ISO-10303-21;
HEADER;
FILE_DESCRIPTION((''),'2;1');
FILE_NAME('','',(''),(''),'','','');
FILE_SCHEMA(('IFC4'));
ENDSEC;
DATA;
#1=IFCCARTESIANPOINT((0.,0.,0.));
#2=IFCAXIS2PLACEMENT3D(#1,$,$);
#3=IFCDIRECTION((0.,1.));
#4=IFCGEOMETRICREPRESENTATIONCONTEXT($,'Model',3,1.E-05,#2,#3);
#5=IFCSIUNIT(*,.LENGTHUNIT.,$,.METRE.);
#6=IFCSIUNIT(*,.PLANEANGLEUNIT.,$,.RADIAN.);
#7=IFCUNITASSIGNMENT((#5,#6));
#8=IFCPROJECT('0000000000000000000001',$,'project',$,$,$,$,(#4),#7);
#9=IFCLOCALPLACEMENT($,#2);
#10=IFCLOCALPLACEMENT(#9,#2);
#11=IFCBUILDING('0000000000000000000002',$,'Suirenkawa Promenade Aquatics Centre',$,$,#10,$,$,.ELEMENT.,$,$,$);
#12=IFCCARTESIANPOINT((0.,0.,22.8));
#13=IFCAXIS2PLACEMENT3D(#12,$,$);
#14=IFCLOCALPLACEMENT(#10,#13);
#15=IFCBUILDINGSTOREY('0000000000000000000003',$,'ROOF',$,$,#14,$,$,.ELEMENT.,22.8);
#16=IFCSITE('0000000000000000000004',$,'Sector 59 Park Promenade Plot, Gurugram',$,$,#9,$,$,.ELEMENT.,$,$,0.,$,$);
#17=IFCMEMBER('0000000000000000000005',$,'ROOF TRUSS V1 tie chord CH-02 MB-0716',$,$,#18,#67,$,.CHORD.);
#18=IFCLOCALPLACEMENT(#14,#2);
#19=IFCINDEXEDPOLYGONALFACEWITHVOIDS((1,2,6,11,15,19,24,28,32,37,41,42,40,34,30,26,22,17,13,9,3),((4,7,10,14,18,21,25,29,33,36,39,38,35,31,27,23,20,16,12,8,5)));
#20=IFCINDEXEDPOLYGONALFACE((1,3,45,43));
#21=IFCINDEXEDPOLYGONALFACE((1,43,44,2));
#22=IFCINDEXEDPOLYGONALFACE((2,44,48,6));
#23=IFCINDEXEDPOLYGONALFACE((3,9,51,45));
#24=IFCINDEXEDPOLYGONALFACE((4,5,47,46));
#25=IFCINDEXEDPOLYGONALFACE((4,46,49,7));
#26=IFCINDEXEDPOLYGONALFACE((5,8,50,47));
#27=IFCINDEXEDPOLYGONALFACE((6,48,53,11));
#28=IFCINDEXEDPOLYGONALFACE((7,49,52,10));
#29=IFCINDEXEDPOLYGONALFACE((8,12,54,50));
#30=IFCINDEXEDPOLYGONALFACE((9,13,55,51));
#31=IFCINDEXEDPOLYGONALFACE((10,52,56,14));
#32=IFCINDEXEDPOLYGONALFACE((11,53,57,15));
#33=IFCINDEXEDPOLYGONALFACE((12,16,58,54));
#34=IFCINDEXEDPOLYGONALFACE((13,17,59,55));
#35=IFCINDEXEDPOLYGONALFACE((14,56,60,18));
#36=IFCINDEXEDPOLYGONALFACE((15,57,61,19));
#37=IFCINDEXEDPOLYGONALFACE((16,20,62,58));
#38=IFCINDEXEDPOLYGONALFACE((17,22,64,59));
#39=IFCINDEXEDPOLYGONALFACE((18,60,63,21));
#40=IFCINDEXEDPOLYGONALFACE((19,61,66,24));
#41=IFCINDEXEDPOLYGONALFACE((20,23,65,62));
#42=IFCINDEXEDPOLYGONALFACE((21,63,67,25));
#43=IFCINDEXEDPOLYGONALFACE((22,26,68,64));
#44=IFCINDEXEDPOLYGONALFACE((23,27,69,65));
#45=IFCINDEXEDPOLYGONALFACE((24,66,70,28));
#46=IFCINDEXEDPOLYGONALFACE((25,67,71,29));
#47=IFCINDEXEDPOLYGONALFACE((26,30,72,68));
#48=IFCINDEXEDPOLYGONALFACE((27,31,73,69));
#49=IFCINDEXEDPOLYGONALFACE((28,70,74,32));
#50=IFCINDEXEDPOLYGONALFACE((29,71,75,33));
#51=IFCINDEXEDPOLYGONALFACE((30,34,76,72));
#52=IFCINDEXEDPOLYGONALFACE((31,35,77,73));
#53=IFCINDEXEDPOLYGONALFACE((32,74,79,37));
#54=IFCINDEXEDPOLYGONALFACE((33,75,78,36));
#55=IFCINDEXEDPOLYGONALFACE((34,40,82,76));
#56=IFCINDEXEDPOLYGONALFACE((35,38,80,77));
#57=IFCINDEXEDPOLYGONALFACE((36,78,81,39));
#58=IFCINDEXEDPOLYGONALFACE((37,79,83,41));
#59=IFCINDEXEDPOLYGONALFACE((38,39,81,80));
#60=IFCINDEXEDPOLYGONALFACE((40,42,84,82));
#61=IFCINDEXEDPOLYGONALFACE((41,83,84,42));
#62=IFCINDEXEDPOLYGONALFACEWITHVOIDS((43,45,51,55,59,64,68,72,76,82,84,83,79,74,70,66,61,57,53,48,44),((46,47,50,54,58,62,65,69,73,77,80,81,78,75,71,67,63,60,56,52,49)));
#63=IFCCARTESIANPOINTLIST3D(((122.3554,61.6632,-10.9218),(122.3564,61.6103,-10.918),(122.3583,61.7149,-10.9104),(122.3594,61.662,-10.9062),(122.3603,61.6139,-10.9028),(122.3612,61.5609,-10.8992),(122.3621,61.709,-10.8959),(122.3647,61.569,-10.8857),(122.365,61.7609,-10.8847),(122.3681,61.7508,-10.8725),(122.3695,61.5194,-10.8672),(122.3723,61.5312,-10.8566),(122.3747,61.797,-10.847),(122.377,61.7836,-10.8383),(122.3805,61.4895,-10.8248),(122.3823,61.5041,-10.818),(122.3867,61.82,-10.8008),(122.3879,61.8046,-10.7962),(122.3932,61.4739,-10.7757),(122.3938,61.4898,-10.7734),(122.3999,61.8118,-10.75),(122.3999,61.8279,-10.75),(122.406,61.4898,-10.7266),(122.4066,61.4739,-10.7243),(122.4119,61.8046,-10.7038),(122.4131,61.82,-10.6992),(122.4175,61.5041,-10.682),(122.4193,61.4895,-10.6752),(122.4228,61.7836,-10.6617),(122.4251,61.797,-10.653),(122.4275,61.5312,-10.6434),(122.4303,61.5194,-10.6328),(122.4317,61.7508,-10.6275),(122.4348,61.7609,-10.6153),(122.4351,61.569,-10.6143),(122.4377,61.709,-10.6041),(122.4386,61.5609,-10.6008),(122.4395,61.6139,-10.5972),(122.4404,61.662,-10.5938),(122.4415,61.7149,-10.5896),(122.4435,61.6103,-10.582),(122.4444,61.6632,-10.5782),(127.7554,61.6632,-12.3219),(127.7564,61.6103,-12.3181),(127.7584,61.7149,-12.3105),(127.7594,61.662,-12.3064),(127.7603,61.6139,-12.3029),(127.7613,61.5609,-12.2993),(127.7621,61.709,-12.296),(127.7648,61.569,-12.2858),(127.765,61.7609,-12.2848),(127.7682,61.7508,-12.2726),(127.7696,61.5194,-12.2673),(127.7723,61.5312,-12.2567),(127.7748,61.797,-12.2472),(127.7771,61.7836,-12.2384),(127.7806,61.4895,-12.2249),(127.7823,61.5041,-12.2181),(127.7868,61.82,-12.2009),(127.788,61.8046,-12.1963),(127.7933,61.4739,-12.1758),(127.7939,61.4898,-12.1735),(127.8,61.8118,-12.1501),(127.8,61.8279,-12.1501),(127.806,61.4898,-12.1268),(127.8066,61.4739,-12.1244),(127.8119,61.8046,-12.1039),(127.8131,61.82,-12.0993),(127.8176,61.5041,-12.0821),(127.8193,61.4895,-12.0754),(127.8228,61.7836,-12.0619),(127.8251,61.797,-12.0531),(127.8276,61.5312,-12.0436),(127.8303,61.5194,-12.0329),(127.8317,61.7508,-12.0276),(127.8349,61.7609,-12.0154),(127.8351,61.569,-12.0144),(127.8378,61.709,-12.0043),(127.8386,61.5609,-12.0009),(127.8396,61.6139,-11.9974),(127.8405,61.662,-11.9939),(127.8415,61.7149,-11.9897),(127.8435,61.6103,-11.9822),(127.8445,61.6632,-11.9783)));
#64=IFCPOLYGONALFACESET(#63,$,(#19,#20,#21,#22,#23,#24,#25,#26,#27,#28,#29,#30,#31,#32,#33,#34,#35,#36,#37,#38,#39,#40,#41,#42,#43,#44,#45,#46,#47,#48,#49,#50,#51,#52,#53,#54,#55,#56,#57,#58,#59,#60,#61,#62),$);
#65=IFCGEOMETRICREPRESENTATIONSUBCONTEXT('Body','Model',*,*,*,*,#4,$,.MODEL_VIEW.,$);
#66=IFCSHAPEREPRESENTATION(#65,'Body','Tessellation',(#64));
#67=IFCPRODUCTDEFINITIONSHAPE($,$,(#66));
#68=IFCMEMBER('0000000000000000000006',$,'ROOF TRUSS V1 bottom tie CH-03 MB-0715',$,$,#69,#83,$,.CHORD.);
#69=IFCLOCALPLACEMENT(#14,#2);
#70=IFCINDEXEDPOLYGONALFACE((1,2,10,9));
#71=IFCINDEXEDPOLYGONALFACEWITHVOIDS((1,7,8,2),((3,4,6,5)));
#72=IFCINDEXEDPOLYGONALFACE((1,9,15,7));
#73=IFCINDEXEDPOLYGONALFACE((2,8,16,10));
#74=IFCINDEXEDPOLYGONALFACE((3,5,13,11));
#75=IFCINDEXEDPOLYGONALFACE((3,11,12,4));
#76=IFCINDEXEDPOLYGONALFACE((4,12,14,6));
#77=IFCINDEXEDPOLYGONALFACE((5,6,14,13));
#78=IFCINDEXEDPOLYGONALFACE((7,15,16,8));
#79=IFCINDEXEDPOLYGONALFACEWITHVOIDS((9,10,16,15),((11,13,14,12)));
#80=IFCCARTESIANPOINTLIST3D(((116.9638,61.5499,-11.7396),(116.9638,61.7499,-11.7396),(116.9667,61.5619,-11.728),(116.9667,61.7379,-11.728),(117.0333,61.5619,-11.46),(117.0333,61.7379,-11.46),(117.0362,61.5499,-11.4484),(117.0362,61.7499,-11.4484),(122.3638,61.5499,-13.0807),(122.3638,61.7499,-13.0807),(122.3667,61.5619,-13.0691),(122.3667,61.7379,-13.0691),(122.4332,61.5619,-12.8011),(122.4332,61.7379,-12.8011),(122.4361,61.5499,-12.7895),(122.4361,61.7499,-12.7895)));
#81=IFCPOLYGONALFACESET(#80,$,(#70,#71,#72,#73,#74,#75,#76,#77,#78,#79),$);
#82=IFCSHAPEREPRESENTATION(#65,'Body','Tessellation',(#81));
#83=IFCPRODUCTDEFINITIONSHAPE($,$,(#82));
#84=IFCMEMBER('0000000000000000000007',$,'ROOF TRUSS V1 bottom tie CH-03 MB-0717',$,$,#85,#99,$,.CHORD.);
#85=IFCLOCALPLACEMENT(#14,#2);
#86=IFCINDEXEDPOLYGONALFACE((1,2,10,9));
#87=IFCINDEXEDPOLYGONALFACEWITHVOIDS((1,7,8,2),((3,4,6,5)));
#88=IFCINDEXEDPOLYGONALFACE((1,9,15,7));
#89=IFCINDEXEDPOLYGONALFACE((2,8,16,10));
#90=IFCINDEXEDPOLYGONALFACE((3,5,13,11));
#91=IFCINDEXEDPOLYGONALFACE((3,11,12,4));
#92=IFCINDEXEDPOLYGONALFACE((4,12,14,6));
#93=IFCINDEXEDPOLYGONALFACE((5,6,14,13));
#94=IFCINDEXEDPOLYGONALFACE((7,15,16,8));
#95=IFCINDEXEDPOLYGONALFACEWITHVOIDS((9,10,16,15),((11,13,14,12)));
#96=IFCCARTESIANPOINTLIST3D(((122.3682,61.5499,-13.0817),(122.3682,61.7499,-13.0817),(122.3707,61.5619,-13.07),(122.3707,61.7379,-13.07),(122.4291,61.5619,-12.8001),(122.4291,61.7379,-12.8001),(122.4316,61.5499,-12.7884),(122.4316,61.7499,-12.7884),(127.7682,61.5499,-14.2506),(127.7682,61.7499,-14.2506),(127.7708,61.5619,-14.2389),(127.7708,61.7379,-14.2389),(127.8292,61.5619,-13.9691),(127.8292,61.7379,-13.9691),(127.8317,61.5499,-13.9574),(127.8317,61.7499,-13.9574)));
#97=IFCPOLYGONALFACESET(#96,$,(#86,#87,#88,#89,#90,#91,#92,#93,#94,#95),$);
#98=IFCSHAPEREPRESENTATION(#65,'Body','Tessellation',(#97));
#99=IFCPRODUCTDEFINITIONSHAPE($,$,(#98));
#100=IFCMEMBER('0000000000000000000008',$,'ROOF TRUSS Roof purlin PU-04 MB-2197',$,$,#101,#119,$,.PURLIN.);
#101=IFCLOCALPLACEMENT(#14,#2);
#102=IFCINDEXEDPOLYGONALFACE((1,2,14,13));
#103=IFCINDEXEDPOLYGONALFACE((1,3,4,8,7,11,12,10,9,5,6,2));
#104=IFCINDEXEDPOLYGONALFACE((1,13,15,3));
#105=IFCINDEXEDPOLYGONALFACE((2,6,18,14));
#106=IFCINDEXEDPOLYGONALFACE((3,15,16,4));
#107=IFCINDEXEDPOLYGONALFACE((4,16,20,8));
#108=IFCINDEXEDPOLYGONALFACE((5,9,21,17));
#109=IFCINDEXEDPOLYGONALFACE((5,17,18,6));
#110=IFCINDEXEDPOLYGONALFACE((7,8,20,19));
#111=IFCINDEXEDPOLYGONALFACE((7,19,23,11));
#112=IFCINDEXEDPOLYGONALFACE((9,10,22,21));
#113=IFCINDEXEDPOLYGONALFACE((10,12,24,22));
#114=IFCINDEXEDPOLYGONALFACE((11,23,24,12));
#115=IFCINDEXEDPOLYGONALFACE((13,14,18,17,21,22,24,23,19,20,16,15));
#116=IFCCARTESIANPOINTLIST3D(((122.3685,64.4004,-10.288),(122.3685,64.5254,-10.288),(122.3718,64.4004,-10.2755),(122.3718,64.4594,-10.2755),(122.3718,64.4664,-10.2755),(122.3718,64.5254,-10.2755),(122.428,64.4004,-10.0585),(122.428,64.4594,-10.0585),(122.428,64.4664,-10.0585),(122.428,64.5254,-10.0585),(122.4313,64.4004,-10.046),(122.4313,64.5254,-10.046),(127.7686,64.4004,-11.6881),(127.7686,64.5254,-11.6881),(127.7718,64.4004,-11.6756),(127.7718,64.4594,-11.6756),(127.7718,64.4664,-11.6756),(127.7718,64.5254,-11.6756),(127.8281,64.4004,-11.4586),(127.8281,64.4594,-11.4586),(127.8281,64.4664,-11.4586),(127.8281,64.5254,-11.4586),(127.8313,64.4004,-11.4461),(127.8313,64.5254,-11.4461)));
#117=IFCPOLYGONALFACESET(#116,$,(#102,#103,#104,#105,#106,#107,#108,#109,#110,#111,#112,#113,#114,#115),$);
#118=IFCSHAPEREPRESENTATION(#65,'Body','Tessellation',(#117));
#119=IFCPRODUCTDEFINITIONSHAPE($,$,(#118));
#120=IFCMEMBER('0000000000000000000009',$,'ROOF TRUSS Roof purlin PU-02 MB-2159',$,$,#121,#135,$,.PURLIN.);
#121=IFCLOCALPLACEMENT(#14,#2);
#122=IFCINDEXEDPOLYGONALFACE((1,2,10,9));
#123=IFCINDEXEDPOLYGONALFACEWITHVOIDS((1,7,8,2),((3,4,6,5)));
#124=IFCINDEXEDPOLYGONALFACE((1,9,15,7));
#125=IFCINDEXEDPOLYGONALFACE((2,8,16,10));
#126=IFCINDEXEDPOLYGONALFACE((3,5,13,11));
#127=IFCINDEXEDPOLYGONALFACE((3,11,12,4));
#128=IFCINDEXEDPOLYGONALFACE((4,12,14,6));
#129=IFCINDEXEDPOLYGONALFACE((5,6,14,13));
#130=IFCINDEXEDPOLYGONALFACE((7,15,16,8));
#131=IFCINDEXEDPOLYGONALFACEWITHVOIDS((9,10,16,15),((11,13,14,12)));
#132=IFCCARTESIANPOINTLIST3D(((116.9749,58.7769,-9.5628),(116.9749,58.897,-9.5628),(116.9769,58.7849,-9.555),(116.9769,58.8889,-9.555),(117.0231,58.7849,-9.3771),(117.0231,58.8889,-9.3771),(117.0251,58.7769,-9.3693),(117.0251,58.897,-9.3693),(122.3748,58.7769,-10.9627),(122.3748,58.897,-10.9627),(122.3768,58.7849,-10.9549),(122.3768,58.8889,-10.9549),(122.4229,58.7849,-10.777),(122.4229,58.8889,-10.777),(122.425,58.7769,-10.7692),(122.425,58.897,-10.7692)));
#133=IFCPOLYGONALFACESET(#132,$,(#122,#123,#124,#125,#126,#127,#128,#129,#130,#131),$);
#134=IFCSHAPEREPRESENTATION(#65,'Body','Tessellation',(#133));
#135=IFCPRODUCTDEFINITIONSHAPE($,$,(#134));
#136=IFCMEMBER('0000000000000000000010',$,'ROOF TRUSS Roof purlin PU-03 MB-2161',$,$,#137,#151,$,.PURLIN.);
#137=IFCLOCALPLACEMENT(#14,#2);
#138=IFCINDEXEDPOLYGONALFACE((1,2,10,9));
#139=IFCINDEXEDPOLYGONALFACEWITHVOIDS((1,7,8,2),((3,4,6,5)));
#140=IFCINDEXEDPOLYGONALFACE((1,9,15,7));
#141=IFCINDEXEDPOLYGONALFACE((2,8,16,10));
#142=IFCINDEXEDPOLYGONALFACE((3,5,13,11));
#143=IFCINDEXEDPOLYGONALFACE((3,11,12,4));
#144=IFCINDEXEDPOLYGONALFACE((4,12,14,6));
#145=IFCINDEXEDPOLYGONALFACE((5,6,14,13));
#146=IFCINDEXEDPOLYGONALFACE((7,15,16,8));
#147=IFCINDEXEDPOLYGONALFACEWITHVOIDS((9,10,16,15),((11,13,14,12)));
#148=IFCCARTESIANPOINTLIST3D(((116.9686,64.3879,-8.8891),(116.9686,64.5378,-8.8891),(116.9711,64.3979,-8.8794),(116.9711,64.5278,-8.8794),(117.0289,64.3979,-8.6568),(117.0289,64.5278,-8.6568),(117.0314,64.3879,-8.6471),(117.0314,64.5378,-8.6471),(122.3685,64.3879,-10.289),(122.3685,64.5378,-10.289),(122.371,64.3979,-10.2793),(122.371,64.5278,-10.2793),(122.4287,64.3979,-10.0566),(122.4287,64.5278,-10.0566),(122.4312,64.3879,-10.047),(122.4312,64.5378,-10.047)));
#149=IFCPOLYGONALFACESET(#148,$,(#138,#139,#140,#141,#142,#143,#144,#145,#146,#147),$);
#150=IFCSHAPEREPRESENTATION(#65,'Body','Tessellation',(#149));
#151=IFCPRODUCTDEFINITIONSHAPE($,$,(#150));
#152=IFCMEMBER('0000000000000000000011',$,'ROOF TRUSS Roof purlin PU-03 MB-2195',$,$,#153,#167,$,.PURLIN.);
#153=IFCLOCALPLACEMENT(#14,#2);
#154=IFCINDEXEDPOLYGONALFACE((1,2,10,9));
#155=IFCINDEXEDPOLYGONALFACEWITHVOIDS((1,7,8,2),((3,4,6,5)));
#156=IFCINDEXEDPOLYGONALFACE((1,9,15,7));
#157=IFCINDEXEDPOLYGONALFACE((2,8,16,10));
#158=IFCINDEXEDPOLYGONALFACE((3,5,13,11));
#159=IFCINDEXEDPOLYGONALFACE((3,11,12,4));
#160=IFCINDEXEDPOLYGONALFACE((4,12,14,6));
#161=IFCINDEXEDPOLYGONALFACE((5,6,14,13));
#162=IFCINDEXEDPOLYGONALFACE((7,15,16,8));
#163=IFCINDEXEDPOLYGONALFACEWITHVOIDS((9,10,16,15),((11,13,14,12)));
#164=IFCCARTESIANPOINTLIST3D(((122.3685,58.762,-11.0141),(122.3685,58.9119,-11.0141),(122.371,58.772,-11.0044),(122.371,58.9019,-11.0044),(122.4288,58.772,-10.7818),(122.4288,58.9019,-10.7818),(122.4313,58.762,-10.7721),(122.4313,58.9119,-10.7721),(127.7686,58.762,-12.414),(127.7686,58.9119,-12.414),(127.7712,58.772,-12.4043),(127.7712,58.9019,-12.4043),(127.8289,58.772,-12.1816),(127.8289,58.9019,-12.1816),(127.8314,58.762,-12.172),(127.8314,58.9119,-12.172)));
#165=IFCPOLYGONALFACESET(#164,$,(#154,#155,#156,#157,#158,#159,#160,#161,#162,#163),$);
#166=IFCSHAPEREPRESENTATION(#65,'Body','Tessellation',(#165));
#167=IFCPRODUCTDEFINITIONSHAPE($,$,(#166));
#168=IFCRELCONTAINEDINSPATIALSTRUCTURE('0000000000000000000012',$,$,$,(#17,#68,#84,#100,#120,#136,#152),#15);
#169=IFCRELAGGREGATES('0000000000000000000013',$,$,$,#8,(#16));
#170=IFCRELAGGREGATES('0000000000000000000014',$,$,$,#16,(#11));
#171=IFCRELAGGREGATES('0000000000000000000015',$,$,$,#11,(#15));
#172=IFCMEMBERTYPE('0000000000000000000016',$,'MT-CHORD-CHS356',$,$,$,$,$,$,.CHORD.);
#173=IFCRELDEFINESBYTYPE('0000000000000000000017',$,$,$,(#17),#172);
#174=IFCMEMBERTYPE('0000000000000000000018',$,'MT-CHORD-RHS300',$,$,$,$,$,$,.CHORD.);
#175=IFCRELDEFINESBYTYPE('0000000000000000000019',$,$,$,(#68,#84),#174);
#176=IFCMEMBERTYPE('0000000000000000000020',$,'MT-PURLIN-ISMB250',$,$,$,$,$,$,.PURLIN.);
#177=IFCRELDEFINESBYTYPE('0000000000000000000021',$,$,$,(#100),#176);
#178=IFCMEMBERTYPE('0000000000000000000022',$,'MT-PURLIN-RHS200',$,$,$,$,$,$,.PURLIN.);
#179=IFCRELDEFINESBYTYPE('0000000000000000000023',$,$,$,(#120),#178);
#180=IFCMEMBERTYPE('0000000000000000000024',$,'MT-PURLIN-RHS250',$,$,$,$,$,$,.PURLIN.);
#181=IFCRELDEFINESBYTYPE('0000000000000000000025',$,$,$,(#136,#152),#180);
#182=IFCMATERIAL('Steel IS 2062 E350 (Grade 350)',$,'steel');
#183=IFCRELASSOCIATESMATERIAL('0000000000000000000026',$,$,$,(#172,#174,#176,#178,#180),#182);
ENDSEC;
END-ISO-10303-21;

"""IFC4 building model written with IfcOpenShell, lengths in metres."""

from ifc_helpers import new_model, si_unit, direction, frame, origin, origin_2d, place, context, subcontext, project, spatial, hollow_rectangle, hollow_circle, i_section, extrude, material, material_profile, profile_set, type_object, element, save


model = new_model("IFC4")

# Units and contexts
model_context = context("Model", 3, precision=1e-05, world=origin(), true_north=direction((0.0, 1.0)))
body_context = subcontext(model_context, "Body", "Model", "MODEL_VIEW")
ifc_project = project(units=[si_unit("LENGTHUNIT", "METRE"), si_unit("PLANEANGLEUNIT", "RADIAN")], contexts=[model_context])

# Site, building, storey
site_placement = place(None, origin())
site = spatial("IfcSite", under=ifc_project, at=site_placement, Name="Sector 59 Park Promenade Plot, Gurugram", CompositionType="ELEMENT", RefElevation=0.0)
building_placement = place(site_placement, origin())
building = spatial("IfcBuilding", under=site, at=building_placement, Name="Suirenkawa Promenade Aquatics Centre", CompositionType="ELEMENT")
storey_placement = place(building_placement, frame((0.0, 0.0, 22.8)))
storey = spatial("IfcBuildingStorey", under=building, at=storey_placement, Name="ROOF", CompositionType="ELEMENT", Elevation=22.8)

# Shared definitions
ifc_material = material(Name="Steel IS 2062 E350 (Grade 350)", Category="steel")

# Members
ifc_material_profile_1 = material_profile(ifc_material, hollow_circle(Radius=0.178, WallThickness=0.0161, at=origin_2d()), Name="CHS 356x16", Category="steel")
ifc_profile_set_1 = profile_set([ifc_material_profile_1], Name="Steel IS 2062 E350 (Grade 350)")
member_type_1 = type_object("IfcMemberType", Name="MT-CHORD-CHS356", PredefinedType="CHORD", material=ifc_profile_set_1)
member_1_placement = place(storey_placement, frame((122.3999, 61.6499, -10.75), z_axis=(0.967992, 0.0, -0.25098), x_axis=(0.0, 1.0, 0.0)))
element("IfcMember", 1, at=member_1_placement, inside=storey, type_object=member_type_1, Name="ROOF TRUSS V1 tie chord CH-02 MB-0716", PredefinedType="CHORD", context=body_context, shape_type="SweptSolid", body=[
    extrude(hollow_circle(Radius=0.178, WallThickness=0.0161, at=origin_2d()), origin(), (0.0, 0.0, 1.0), 5.5786),
])
ifc_material_profile_2 = material_profile(ifc_material, hollow_rectangle(XDim=0.2, YDim=0.3, WallThickness=0.012, at=origin_2d()), Name="RHS 300x200x12", Category="steel")
ifc_profile_set_2 = profile_set([ifc_material_profile_2], Name="Steel IS 2062 E350 (Grade 350)")
member_type_2 = type_object("IfcMemberType", Name="MT-CHORD-RHS300", PredefinedType="CHORD", material=ifc_profile_set_2)
member_2_placement = place(storey_placement, frame((117.0, 61.6499, -11.594), z_axis=(0.970518, 0.0, -0.241028), x_axis=(0.0, 1.0, 0.0)))
element("IfcMember", 2, at=member_2_placement, inside=storey, type_object=member_type_2, Name="ROOF TRUSS V1 bottom tie CH-03 MB-0715", PredefinedType="CHORD", context=body_context, shape_type="SweptSolid", body=[
    extrude(hollow_rectangle(XDim=0.2, YDim=0.3, WallThickness=0.012, at=origin_2d()), origin(), (0.0, 0.0, 1.0), 5.564),
])
member_3_placement = place(storey_placement, frame((122.3999, 61.6499, -12.9351), z_axis=(0.977364, 0.0, -0.211566), x_axis=(0.0, 1.0, 0.0)))
element("IfcMember", 3, at=member_3_placement, inside=storey, type_object=member_type_2, Name="ROOF TRUSS V1 bottom tie CH-03 MB-0717", PredefinedType="CHORD", context=body_context, shape_type="SweptSolid", body=[
    extrude(hollow_rectangle(XDim=0.2, YDim=0.3, WallThickness=0.012, at=origin_2d()), origin(), (0.0, 0.0, 1.0), 5.5251),
])
ifc_material_profile_3 = material_profile(ifc_material, i_section(OverallWidth=0.125, OverallDepth=0.25, WebThickness=0.0071, FlangeThickness=0.0129, at=origin_2d()), Name="ISMB 250", Category="steel")
ifc_profile_set_3 = profile_set([ifc_material_profile_3], Name="Steel IS 2062 E350 (Grade 350)")
member_type_3 = type_object("IfcMemberType", Name="MT-PURLIN-ISMB250", PredefinedType="PURLIN", material=ifc_profile_set_3)
member_4_placement = place(storey_placement, frame((122.3999, 64.4629, -10.167), z_axis=(0.967992, 0.0, -0.25098), x_axis=(0.0, 1.0, 0.0)))
element("IfcMember", 4, at=member_4_placement, inside=storey, type_object=member_type_3, Name="ROOF TRUSS Roof purlin PU-04 MB-2197", PredefinedType="PURLIN", context=body_context, shape_type="SweptSolid", body=[
    extrude(i_section(OverallWidth=0.125, OverallDepth=0.25, WebThickness=0.0071, FlangeThickness=0.0129, at=origin_2d()), origin(), (0.0, 0.0, 1.0), 5.5786),
])
ifc_material_profile_4 = material_profile(ifc_material, hollow_rectangle(XDim=0.1201, YDim=0.2, WallThickness=0.0081, at=origin_2d()), Name="RHS 200x120x8", Category="steel")
ifc_profile_set_4 = profile_set([ifc_material_profile_4], Name="Steel IS 2062 E350 (Grade 350)")
member_type_4 = type_object("IfcMemberType", Name="MT-PURLIN-RHS200", PredefinedType="PURLIN", material=ifc_profile_set_4)
member_5_placement = place(storey_placement, frame((117.0, 58.8369, -9.4661), z_axis=(0.968, 0.0, -0.25095), x_axis=(0.0, 1.0, 0.0)))
element("IfcMember", 5, at=member_5_placement, inside=storey, type_object=member_type_4, Name="ROOF TRUSS Roof purlin PU-02 MB-2159", PredefinedType="PURLIN", context=body_context, shape_type="SweptSolid", body=[
    extrude(hollow_rectangle(XDim=0.1201, YDim=0.2, WallThickness=0.0081, at=origin_2d()), origin(), (0.0, 0.0, 1.0), 5.5784),
])
ifc_material_profile_5 = material_profile(ifc_material, hollow_rectangle(XDim=0.1499, YDim=0.25, WallThickness=0.01, at=origin_2d()), Name="RHS 250x150x10", Category="steel")
ifc_profile_set_5 = profile_set([ifc_material_profile_5], Name="Steel IS 2062 E350 (Grade 350)")
member_type_5 = type_object("IfcMemberType", Name="MT-PURLIN-RHS250", PredefinedType="PURLIN", material=ifc_profile_set_5)
member_6_placement = place(storey_placement, frame((117.0, 64.4629, -8.7681), z_axis=(0.968, 0.0, -0.25095), x_axis=(0.0, 1.0, 0.0)))
element("IfcMember", 6, at=member_6_placement, inside=storey, type_object=member_type_5, Name="ROOF TRUSS Roof purlin PU-03 MB-2161", PredefinedType="PURLIN", context=body_context, shape_type="SweptSolid", body=[
    extrude(hollow_rectangle(XDim=0.1499, YDim=0.25, WallThickness=0.01, at=origin_2d()), origin(), (0.0, 0.0, 1.0), 5.5784),
])
member_7_placement = place(storey_placement, frame((122.3999, 58.8369, -10.8931), z_axis=(0.968003, 0.0, -0.250939), x_axis=(0.0, 1.0, 0.0)))
element("IfcMember", 7, at=member_7_placement, inside=storey, type_object=member_type_5, Name="ROOF TRUSS Roof purlin PU-03 MB-2195", PredefinedType="PURLIN", context=body_context, shape_type="SweptSolid", body=[
    extrude(hollow_rectangle(XDim=0.1499, YDim=0.25, WallThickness=0.01, at=origin_2d()), origin(), (0.0, 0.0, 1.0), 5.5786),
])

save(model, "model.ifc")
